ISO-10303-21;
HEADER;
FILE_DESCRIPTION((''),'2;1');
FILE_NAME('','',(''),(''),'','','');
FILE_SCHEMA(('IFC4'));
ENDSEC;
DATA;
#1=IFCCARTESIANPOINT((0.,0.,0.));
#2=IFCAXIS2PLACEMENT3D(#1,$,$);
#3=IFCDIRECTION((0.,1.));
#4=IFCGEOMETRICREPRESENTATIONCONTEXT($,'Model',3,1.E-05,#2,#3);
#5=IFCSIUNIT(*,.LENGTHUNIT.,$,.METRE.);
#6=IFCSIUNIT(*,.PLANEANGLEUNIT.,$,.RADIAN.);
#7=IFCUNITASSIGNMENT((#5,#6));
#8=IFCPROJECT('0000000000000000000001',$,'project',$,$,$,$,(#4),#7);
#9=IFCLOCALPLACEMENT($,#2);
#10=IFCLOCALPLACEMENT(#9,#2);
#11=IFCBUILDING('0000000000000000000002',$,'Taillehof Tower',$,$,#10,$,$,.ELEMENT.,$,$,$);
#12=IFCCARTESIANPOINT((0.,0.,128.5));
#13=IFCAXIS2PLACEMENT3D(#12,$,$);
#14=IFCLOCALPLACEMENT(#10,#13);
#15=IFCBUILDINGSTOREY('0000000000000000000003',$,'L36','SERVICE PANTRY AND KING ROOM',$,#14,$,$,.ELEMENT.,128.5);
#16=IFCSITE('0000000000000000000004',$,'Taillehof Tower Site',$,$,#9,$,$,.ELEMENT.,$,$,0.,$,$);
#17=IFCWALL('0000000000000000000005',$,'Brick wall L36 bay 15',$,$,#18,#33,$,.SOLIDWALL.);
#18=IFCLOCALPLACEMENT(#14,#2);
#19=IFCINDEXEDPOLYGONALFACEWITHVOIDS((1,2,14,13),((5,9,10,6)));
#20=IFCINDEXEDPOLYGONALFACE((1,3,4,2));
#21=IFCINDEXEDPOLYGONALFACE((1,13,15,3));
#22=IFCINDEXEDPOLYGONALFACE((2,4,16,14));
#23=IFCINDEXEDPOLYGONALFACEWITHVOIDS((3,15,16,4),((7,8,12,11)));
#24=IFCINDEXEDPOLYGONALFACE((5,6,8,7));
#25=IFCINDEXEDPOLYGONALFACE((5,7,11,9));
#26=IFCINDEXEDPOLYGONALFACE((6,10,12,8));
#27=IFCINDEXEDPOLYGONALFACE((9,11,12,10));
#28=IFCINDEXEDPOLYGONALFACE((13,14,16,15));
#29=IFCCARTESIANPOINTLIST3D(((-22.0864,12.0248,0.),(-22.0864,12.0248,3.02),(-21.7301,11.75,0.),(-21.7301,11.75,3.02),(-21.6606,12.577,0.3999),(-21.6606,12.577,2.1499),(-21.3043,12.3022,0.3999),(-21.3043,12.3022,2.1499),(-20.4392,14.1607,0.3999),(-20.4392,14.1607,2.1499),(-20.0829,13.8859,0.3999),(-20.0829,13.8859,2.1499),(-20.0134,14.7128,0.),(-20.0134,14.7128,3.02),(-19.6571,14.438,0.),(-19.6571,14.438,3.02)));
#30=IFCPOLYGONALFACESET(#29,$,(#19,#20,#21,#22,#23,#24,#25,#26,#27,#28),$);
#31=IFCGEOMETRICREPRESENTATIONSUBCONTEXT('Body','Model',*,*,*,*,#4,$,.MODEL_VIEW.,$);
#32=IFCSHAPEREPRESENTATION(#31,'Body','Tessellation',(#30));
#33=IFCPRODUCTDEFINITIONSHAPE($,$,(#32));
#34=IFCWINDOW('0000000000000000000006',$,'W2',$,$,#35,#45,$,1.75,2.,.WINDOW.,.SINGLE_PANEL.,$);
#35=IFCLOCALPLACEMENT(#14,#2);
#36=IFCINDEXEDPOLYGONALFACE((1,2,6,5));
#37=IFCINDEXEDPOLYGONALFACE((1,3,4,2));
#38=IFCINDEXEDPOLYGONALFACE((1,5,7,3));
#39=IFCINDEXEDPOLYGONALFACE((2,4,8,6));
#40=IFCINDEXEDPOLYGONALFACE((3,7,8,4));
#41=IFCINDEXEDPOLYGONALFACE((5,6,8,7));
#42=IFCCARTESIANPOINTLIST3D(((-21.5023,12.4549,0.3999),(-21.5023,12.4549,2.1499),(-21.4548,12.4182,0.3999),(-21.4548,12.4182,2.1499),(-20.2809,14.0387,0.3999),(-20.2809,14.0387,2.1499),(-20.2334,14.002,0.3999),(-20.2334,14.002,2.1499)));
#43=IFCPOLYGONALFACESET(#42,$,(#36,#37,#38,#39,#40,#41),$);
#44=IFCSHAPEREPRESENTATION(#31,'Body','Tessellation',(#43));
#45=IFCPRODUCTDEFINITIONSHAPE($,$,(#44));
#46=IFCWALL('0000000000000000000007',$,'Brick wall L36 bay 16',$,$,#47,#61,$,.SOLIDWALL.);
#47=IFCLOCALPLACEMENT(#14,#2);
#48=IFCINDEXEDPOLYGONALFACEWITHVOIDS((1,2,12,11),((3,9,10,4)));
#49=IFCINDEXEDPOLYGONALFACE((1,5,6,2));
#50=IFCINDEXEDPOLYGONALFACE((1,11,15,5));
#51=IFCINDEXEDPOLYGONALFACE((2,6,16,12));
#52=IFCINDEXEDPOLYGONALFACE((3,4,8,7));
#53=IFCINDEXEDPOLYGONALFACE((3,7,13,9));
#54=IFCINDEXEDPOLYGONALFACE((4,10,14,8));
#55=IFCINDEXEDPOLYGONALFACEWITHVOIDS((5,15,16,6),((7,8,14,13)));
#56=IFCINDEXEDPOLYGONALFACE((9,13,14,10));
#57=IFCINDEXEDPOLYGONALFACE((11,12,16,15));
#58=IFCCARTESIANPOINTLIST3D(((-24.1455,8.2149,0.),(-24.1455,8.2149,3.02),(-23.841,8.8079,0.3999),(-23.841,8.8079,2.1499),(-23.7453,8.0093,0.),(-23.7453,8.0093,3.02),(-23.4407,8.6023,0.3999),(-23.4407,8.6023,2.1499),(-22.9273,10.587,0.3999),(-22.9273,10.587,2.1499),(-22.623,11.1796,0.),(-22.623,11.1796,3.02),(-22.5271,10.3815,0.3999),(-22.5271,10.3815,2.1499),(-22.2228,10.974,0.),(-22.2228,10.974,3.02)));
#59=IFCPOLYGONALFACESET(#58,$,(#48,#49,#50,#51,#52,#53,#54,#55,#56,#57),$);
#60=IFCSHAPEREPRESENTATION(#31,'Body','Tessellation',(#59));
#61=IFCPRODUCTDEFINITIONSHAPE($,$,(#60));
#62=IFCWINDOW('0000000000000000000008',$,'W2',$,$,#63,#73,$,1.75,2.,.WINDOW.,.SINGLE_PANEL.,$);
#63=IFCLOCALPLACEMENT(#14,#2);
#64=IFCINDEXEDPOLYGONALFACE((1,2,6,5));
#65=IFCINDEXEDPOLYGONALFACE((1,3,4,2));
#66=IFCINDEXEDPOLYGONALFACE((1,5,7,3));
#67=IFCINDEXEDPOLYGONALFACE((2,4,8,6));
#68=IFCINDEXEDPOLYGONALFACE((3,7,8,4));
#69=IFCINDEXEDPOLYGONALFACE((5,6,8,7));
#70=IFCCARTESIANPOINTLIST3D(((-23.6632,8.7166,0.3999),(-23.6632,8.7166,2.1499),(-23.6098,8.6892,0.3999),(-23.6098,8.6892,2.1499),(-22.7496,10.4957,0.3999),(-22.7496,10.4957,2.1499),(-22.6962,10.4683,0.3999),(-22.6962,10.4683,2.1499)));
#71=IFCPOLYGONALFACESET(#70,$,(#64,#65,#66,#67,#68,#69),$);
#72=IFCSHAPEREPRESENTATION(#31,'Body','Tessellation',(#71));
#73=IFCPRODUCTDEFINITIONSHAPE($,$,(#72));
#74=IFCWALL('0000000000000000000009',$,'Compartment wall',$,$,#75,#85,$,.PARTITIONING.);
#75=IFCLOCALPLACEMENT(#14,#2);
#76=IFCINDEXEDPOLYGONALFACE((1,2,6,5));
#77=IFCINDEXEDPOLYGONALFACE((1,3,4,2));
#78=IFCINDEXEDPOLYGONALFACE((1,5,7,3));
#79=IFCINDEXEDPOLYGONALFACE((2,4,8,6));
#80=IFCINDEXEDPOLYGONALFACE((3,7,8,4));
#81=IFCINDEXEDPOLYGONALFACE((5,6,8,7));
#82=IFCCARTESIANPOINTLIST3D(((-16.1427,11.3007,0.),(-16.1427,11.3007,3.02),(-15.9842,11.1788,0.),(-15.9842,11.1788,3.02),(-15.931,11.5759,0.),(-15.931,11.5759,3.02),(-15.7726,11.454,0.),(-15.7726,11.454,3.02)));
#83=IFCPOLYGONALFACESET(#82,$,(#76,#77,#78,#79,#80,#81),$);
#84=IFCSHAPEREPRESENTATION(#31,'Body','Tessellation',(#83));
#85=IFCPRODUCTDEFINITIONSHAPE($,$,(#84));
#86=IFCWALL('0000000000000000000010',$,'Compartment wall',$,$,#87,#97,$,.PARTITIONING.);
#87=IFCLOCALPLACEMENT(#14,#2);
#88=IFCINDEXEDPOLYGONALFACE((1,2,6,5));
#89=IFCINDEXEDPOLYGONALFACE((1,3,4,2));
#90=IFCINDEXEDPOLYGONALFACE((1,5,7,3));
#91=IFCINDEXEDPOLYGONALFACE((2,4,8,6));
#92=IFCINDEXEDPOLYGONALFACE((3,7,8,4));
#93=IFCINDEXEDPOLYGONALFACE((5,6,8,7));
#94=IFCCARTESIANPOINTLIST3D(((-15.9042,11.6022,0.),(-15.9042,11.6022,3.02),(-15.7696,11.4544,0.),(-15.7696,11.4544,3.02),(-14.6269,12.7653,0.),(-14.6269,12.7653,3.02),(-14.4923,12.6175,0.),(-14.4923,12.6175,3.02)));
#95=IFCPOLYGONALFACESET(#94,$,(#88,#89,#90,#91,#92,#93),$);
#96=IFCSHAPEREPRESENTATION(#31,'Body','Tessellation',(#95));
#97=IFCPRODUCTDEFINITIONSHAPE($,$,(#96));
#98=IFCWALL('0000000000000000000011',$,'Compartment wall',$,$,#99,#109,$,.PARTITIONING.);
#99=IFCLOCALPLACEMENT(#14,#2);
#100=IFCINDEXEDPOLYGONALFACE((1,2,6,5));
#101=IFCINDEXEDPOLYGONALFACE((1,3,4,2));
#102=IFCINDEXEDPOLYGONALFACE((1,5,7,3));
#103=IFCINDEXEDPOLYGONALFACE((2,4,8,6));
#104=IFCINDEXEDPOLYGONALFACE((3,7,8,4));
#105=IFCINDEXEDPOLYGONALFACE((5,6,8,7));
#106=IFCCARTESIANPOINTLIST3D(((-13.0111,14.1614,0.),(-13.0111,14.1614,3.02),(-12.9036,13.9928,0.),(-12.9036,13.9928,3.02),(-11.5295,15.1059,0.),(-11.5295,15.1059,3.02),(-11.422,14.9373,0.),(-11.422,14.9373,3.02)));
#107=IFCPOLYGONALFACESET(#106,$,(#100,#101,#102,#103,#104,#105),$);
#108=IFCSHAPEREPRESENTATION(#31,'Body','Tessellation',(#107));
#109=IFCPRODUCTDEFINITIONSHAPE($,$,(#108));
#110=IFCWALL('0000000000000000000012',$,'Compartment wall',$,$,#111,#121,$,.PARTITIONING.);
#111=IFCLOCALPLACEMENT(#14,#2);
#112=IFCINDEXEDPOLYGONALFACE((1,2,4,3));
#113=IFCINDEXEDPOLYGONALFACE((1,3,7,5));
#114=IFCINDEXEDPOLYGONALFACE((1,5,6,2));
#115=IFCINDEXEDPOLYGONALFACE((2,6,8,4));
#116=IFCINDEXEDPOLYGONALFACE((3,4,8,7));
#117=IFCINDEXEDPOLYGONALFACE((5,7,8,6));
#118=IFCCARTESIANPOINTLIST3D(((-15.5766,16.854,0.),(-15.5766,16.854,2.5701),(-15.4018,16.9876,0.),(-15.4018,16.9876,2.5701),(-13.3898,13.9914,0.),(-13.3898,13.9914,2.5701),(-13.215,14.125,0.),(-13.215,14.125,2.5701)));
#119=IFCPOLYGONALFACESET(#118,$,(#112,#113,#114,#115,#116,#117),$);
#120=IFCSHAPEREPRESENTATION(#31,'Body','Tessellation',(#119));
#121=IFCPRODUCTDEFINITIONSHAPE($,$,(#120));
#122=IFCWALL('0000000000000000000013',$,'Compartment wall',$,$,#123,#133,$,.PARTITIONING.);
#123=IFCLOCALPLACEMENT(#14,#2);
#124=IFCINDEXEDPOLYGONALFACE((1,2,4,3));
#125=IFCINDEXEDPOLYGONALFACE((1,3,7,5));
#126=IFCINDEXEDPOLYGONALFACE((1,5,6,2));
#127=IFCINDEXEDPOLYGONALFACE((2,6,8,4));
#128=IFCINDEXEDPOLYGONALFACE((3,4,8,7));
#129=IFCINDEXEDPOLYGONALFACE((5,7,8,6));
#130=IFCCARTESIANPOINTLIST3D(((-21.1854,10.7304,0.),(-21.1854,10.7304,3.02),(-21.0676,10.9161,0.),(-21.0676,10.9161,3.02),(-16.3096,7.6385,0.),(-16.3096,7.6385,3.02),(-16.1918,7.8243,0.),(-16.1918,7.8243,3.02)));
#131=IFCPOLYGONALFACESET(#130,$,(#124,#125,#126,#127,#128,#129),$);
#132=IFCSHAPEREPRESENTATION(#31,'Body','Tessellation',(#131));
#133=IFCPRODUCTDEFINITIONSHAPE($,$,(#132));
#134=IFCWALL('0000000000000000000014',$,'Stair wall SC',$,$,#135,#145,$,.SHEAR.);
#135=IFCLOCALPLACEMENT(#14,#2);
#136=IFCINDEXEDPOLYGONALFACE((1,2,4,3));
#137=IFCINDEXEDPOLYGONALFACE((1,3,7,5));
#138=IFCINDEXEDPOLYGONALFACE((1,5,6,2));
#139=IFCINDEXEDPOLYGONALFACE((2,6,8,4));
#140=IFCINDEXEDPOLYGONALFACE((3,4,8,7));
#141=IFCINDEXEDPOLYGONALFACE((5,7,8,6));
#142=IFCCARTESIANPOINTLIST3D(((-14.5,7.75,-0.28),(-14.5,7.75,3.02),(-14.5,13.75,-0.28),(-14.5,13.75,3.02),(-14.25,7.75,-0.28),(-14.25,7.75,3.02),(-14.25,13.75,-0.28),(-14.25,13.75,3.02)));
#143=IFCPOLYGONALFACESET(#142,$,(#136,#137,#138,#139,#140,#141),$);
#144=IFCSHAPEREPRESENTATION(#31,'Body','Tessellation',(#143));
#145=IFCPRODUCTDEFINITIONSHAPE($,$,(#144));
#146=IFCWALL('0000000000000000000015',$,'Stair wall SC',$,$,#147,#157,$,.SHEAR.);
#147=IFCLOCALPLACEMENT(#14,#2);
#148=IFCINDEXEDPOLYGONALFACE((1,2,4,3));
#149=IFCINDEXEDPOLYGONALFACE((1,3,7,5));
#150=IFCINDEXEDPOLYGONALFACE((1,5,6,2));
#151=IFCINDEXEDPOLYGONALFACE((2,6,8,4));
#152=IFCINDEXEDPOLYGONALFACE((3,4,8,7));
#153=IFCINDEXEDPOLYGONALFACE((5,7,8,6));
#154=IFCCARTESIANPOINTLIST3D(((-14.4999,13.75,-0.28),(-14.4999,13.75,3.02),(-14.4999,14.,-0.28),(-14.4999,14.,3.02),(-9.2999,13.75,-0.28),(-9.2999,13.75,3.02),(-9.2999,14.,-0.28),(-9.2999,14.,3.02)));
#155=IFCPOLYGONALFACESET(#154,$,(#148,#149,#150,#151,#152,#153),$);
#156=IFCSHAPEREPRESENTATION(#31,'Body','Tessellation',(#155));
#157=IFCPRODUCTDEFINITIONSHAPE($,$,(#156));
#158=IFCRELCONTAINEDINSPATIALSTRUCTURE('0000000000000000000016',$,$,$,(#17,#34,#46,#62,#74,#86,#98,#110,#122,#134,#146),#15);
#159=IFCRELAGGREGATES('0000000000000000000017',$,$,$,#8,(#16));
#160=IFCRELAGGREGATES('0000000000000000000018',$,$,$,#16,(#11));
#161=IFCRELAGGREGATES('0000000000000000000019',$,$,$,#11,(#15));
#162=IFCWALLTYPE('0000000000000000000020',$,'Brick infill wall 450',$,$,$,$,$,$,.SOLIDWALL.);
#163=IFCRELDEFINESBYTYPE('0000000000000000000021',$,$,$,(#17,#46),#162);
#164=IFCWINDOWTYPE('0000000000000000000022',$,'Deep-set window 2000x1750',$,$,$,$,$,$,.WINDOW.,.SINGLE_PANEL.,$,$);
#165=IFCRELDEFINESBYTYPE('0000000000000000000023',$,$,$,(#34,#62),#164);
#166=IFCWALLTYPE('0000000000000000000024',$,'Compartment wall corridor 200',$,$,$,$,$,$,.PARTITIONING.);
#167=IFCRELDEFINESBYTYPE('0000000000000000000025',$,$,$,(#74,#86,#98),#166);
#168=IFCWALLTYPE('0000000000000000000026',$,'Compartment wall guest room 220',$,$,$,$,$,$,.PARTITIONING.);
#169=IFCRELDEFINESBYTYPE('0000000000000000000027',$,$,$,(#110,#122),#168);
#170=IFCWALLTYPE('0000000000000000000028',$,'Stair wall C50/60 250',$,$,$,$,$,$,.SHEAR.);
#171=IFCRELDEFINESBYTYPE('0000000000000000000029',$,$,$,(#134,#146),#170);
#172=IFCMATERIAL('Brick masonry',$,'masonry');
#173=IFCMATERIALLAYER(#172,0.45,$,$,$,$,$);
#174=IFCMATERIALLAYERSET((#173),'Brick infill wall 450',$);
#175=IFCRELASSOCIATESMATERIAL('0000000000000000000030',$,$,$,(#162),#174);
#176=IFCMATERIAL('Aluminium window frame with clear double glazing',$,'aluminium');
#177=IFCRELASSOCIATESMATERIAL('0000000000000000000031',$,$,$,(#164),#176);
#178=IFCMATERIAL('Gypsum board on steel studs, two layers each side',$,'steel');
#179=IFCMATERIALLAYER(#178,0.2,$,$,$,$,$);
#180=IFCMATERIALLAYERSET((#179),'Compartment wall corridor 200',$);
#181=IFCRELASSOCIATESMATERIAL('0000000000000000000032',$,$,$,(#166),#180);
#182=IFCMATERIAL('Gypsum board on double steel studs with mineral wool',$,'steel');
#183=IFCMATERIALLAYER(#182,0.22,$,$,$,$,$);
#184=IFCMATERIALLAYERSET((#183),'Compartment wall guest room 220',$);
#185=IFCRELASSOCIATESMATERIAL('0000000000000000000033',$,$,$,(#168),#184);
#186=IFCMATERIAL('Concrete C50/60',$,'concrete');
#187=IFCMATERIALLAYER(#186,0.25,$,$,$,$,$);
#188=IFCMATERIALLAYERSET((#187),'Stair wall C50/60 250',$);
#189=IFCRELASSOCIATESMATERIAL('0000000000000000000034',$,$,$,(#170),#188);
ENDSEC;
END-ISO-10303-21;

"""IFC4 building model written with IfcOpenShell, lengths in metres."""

from ifc_helpers import new_model, si_unit, direction, frame, frame_2d, origin, place, context, subcontext, project, spatial, rectangle, extrude, material, layer, layer_set, type_object, element, fill, save


model = new_model("IFC4")

# Units and contexts
model_context = context("Model", 3, precision=1e-05, world=origin(), true_north=direction((0.0, 1.0)))
body_context = subcontext(model_context, "Body", "Model", "MODEL_VIEW")
ifc_project = project(units=[si_unit("LENGTHUNIT", "METRE"), si_unit("PLANEANGLEUNIT", "RADIAN")], contexts=[model_context])

# Site, building, storey
site_placement = place(None, origin())
site = spatial("IfcSite", under=ifc_project, at=site_placement, Name="Taillehof Tower Site", CompositionType="ELEMENT", RefElevation=0.0)
building_placement = place(site_placement, origin())
building = spatial("IfcBuilding", under=site, at=building_placement, Name="Taillehof Tower", CompositionType="ELEMENT")
storey_placement = place(building_placement, frame((0.0, 0.0, 128.5)))
storey = spatial("IfcBuildingStorey", under=building, at=storey_placement, Name="L36", Description="SERVICE PANTRY AND KING ROOM", CompositionType="ELEMENT", Elevation=128.5)

# Walls, openings, windows
ifc_material_1 = material(Name="Brick masonry", Category="masonry")
ifc_layer_1 = layer(ifc_material_1, 0.45)
ifc_layer_set_1 = layer_set([ifc_layer_1], Name="Brick infill wall 450")
wall_type_1 = type_object("IfcWallType", Name="Brick infill wall 450", PredefinedType="SOLIDWALL", material=ifc_layer_set_1)
ifc_material_2 = material(Name="Aluminium window frame with clear double glazing", Category="aluminium")
window_type = type_object("IfcWindowType", Name="Deep-set window 2000x1750", PartitioningType="SINGLE_PANEL", PredefinedType="WINDOW", material=ifc_material_2)
wall_1_placement = place(storey_placement, frame((-19.8352, 14.5754, 0.0), z_axis=(0.0, 0.0, 1.0), x_axis=(-0.610694, -0.791867, 0.0)))
wall_1 = element("IfcWall", 1, at=wall_1_placement, inside=storey, type_object=wall_type_1, Name="Brick wall L36 bay 15", PredefinedType="SOLIDWALL", context=body_context, shape_type="SweptSolid", body=[
    extrude(rectangle(XDim=3.3945, YDim=0.45, at=frame_2d((1.6973, 0.0))), origin(), (0.0, 0.0, 1.0), 3.02),
])
opening_1_placement = place(wall_1_placement, frame((0.6973, 0.0, 0.3999)))
opening_1 = element("IfcOpeningElement", 2, at=opening_1_placement, cuts=wall_1, PredefinedType="OPENING", context=body_context, shape_type="SweptSolid", body=[
    extrude(rectangle(XDim=2.0, YDim=1.75, at=frame_2d((1.0, 0.875))), frame((0.0, 0.2349, 0.0), z_axis=(0.0, -1.0, 0.0), x_axis=(1.0, 0.0, 0.0)), (0.0, 0.0, 1.0), 0.47),
])
window_1_placement = place(opening_1_placement, origin())
window_1 = element("IfcWindow", 3, at=window_1_placement, inside=storey, type_object=window_type, Name="W2", OverallHeight=1.75, OverallWidth=2.0, PartitioningType="SINGLE_PANEL", PredefinedType="WINDOW", context=body_context, shape_type="SweptSolid", body=[
    extrude(rectangle(XDim=2.0, YDim=1.75, at=frame_2d((1.0, 0.875))), frame((0.0, 0.0349, 0.0), z_axis=(0.0, -1.0, 0.0), x_axis=(1.0, 0.0, 0.0)), (0.0, 0.0, 1.0), 0.0601),
])
fill(opening_1, window_1)
wall_2_placement = place(storey_placement, frame((-22.4229, 11.0769, 0.0), z_axis=(0.0, 0.0, 1.0), x_axis=(-0.456828, -0.889555, 0.0)))
wall_2 = element("IfcWall", 4, at=wall_2_placement, inside=storey, type_object=wall_type_1, Name="Brick wall L36 bay 16", PredefinedType="SOLIDWALL", context=body_context, shape_type="SweptSolid", body=[
    extrude(rectangle(XDim=3.3328, YDim=0.45, at=frame_2d((1.6665, 0.0))), origin(), (0.0, 0.0, 1.0), 3.02),
])
opening_2_placement = place(wall_2_placement, frame((0.6663, 0.0, 0.3999)))
opening_2 = element("IfcOpeningElement", 5, at=opening_2_placement, cuts=wall_2, PredefinedType="OPENING", context=body_context, shape_type="SweptSolid", body=[
    extrude(rectangle(XDim=2.0, YDim=1.75, at=frame_2d((1.0, 0.875))), frame((0.0, 0.2349, 0.0), z_axis=(0.0, -1.0, 0.0), x_axis=(1.0, 0.0, 0.0)), (0.0, 0.0, 1.0), 0.47),
])
window_2_placement = place(opening_2_placement, origin())
window_2 = element("IfcWindow", 6, at=window_2_placement, inside=storey, type_object=window_type, Name="W2", OverallHeight=1.75, OverallWidth=2.0, PartitioningType="SINGLE_PANEL", PredefinedType="WINDOW", context=body_context, shape_type="SweptSolid", body=[
    extrude(rectangle(XDim=2.0, YDim=1.75, at=frame_2d((1.0, 0.875))), frame((0.0, 0.0349, 0.0), z_axis=(0.0, -1.0, 0.0), x_axis=(1.0, 0.0, 0.0)), (0.0, 0.0, 1.0), 0.0601),
])
fill(opening_2, window_2)

# Walls
ifc_material_3 = material(Name="Gypsum board on steel studs, two layers each side", Category="steel")
ifc_layer_2 = layer(ifc_material_3, 0.2)
ifc_layer_set_2 = layer_set([ifc_layer_2], Name="Compartment wall corridor 200")
wall_type_2 = type_object("IfcWallType", Name="Compartment wall corridor 200", PredefinedType="PARTITIONING", material=ifc_layer_set_2)
wall_3_placement = place(storey_placement, frame((-16.0635, 11.2397, 0.0), z_axis=(0.0, 0.0, 1.0), x_axis=(0.609745, 0.792598, 0.0)))
element("IfcWall", 7, at=wall_3_placement, inside=storey, type_object=wall_type_2, Name="Compartment wall", PredefinedType="PARTITIONING", context=body_context, shape_type="SweptSolid", body=[
    extrude(rectangle(XDim=0.3472, YDim=0.2, at=frame_2d((0.1736, 0.0))), origin(), (0.0, 0.0, 1.0), 3.02),
])
wall_4_placement = place(storey_placement, frame((-15.8369, 11.5283, 0.0), z_axis=(0.0, 0.0, 1.0), x_axis=(0.739403, 0.673263, 0.0)))
element("IfcWall", 8, at=wall_4_placement, inside=storey, type_object=wall_type_2, Name="Compartment wall", PredefinedType="PARTITIONING", context=body_context, shape_type="SweptSolid", body=[
    extrude(rectangle(XDim=1.7275, YDim=0.2, at=frame_2d((0.8638, 0.0))), origin(), (0.0, 0.0, 1.0), 3.02),
])
wall_5_placement = place(storey_placement, frame((-12.9573, 14.0771, 0.0), z_axis=(0.0, 0.0, 1.0), x_axis=(0.843226, 0.537559, 0.0)))
element("IfcWall", 9, at=wall_5_placement, inside=storey, type_object=wall_type_2, Name="Compartment wall", PredefinedType="PARTITIONING", context=body_context, shape_type="SweptSolid", body=[
    extrude(rectangle(XDim=1.7571, YDim=0.2, at=frame_2d((0.8784, 0.0))), origin(), (0.0, 0.0, 1.0), 3.02),
])
ifc_material_4 = material(Name="Gypsum board on double steel studs with mineral wool", Category="steel")
ifc_layer_3 = layer(ifc_material_4, 0.22)
ifc_layer_set_3 = layer_set([ifc_layer_3], Name="Compartment wall guest room 220")
wall_type_3 = type_object("IfcWallType", Name="Compartment wall guest room 220", PredefinedType="PARTITIONING", material=ifc_layer_set_3)
wall_6_placement = place(storey_placement, frame((-15.4893, 16.9209, 0.0), z_axis=(0.0, 0.0, 1.0), x_axis=(0.607058, -0.794658, 0.0)))
element("IfcWall", 10, at=wall_6_placement, inside=storey, type_object=wall_type_3, Name="Compartment wall", PredefinedType="PARTITIONING", context=body_context, shape_type="SweptSolid", body=[
    extrude(rectangle(XDim=3.6023, YDim=0.22, at=frame_2d((1.8013, 0.0))), origin(), (0.0, 0.0, 1.0), 2.5701),
])
wall_7_placement = place(storey_placement, frame((-21.1265, 10.8232, 0.0), z_axis=(0.0, 0.0, 1.0), x_axis=(0.844519, -0.535526, 0.0)))
element("IfcWall", 11, at=wall_7_placement, inside=storey, type_object=wall_type_3, Name="Compartment wall", PredefinedType="PARTITIONING", context=body_context, shape_type="SweptSolid", body=[
    extrude(rectangle(XDim=5.7734, YDim=0.22, at=frame_2d((2.8867, 0.0))), origin(), (0.0, 0.0, 1.0), 3.02),
])
ifc_material_5 = material(Name="Concrete C50/60", Category="concrete")
ifc_layer_4 = layer(ifc_material_5, 0.25)
ifc_layer_set_4 = layer_set([ifc_layer_4], Name="Stair wall C50/60 250")
wall_type_4 = type_object("IfcWallType", Name="Stair wall C50/60 250", PredefinedType="SHEAR", material=ifc_layer_set_4)
wall_8_placement = place(storey_placement, frame((-14.375, 7.75, -0.28), z_axis=(0.0, 0.0, 1.0), x_axis=(0.0, 1.0, 0.0)))
element("IfcWall", 12, at=wall_8_placement, inside=storey, type_object=wall_type_4, Name="Stair wall SC", PredefinedType="SHEAR", context=body_context, shape_type="SweptSolid", body=[
    extrude(rectangle(XDim=6.0, YDim=0.25, at=frame_2d((3.0, 0.0))), origin(), (0.0, 0.0, 1.0), 3.3),
])
wall_9_placement = place(storey_placement, frame((-14.5, 13.875, -0.28), z_axis=(0.0, 0.0, 1.0), x_axis=(1.0, 0.0, 0.0)))
element("IfcWall", 13, at=wall_9_placement, inside=storey, type_object=wall_type_4, Name="Stair wall SC", PredefinedType="SHEAR", context=body_context, shape_type="SweptSolid", body=[
    extrude(rectangle(XDim=5.2, YDim=0.25, at=frame_2d((2.6001, 0.0))), origin(), (0.0, 0.0, 1.0), 3.3),
])

save(model, "model.ifc")
